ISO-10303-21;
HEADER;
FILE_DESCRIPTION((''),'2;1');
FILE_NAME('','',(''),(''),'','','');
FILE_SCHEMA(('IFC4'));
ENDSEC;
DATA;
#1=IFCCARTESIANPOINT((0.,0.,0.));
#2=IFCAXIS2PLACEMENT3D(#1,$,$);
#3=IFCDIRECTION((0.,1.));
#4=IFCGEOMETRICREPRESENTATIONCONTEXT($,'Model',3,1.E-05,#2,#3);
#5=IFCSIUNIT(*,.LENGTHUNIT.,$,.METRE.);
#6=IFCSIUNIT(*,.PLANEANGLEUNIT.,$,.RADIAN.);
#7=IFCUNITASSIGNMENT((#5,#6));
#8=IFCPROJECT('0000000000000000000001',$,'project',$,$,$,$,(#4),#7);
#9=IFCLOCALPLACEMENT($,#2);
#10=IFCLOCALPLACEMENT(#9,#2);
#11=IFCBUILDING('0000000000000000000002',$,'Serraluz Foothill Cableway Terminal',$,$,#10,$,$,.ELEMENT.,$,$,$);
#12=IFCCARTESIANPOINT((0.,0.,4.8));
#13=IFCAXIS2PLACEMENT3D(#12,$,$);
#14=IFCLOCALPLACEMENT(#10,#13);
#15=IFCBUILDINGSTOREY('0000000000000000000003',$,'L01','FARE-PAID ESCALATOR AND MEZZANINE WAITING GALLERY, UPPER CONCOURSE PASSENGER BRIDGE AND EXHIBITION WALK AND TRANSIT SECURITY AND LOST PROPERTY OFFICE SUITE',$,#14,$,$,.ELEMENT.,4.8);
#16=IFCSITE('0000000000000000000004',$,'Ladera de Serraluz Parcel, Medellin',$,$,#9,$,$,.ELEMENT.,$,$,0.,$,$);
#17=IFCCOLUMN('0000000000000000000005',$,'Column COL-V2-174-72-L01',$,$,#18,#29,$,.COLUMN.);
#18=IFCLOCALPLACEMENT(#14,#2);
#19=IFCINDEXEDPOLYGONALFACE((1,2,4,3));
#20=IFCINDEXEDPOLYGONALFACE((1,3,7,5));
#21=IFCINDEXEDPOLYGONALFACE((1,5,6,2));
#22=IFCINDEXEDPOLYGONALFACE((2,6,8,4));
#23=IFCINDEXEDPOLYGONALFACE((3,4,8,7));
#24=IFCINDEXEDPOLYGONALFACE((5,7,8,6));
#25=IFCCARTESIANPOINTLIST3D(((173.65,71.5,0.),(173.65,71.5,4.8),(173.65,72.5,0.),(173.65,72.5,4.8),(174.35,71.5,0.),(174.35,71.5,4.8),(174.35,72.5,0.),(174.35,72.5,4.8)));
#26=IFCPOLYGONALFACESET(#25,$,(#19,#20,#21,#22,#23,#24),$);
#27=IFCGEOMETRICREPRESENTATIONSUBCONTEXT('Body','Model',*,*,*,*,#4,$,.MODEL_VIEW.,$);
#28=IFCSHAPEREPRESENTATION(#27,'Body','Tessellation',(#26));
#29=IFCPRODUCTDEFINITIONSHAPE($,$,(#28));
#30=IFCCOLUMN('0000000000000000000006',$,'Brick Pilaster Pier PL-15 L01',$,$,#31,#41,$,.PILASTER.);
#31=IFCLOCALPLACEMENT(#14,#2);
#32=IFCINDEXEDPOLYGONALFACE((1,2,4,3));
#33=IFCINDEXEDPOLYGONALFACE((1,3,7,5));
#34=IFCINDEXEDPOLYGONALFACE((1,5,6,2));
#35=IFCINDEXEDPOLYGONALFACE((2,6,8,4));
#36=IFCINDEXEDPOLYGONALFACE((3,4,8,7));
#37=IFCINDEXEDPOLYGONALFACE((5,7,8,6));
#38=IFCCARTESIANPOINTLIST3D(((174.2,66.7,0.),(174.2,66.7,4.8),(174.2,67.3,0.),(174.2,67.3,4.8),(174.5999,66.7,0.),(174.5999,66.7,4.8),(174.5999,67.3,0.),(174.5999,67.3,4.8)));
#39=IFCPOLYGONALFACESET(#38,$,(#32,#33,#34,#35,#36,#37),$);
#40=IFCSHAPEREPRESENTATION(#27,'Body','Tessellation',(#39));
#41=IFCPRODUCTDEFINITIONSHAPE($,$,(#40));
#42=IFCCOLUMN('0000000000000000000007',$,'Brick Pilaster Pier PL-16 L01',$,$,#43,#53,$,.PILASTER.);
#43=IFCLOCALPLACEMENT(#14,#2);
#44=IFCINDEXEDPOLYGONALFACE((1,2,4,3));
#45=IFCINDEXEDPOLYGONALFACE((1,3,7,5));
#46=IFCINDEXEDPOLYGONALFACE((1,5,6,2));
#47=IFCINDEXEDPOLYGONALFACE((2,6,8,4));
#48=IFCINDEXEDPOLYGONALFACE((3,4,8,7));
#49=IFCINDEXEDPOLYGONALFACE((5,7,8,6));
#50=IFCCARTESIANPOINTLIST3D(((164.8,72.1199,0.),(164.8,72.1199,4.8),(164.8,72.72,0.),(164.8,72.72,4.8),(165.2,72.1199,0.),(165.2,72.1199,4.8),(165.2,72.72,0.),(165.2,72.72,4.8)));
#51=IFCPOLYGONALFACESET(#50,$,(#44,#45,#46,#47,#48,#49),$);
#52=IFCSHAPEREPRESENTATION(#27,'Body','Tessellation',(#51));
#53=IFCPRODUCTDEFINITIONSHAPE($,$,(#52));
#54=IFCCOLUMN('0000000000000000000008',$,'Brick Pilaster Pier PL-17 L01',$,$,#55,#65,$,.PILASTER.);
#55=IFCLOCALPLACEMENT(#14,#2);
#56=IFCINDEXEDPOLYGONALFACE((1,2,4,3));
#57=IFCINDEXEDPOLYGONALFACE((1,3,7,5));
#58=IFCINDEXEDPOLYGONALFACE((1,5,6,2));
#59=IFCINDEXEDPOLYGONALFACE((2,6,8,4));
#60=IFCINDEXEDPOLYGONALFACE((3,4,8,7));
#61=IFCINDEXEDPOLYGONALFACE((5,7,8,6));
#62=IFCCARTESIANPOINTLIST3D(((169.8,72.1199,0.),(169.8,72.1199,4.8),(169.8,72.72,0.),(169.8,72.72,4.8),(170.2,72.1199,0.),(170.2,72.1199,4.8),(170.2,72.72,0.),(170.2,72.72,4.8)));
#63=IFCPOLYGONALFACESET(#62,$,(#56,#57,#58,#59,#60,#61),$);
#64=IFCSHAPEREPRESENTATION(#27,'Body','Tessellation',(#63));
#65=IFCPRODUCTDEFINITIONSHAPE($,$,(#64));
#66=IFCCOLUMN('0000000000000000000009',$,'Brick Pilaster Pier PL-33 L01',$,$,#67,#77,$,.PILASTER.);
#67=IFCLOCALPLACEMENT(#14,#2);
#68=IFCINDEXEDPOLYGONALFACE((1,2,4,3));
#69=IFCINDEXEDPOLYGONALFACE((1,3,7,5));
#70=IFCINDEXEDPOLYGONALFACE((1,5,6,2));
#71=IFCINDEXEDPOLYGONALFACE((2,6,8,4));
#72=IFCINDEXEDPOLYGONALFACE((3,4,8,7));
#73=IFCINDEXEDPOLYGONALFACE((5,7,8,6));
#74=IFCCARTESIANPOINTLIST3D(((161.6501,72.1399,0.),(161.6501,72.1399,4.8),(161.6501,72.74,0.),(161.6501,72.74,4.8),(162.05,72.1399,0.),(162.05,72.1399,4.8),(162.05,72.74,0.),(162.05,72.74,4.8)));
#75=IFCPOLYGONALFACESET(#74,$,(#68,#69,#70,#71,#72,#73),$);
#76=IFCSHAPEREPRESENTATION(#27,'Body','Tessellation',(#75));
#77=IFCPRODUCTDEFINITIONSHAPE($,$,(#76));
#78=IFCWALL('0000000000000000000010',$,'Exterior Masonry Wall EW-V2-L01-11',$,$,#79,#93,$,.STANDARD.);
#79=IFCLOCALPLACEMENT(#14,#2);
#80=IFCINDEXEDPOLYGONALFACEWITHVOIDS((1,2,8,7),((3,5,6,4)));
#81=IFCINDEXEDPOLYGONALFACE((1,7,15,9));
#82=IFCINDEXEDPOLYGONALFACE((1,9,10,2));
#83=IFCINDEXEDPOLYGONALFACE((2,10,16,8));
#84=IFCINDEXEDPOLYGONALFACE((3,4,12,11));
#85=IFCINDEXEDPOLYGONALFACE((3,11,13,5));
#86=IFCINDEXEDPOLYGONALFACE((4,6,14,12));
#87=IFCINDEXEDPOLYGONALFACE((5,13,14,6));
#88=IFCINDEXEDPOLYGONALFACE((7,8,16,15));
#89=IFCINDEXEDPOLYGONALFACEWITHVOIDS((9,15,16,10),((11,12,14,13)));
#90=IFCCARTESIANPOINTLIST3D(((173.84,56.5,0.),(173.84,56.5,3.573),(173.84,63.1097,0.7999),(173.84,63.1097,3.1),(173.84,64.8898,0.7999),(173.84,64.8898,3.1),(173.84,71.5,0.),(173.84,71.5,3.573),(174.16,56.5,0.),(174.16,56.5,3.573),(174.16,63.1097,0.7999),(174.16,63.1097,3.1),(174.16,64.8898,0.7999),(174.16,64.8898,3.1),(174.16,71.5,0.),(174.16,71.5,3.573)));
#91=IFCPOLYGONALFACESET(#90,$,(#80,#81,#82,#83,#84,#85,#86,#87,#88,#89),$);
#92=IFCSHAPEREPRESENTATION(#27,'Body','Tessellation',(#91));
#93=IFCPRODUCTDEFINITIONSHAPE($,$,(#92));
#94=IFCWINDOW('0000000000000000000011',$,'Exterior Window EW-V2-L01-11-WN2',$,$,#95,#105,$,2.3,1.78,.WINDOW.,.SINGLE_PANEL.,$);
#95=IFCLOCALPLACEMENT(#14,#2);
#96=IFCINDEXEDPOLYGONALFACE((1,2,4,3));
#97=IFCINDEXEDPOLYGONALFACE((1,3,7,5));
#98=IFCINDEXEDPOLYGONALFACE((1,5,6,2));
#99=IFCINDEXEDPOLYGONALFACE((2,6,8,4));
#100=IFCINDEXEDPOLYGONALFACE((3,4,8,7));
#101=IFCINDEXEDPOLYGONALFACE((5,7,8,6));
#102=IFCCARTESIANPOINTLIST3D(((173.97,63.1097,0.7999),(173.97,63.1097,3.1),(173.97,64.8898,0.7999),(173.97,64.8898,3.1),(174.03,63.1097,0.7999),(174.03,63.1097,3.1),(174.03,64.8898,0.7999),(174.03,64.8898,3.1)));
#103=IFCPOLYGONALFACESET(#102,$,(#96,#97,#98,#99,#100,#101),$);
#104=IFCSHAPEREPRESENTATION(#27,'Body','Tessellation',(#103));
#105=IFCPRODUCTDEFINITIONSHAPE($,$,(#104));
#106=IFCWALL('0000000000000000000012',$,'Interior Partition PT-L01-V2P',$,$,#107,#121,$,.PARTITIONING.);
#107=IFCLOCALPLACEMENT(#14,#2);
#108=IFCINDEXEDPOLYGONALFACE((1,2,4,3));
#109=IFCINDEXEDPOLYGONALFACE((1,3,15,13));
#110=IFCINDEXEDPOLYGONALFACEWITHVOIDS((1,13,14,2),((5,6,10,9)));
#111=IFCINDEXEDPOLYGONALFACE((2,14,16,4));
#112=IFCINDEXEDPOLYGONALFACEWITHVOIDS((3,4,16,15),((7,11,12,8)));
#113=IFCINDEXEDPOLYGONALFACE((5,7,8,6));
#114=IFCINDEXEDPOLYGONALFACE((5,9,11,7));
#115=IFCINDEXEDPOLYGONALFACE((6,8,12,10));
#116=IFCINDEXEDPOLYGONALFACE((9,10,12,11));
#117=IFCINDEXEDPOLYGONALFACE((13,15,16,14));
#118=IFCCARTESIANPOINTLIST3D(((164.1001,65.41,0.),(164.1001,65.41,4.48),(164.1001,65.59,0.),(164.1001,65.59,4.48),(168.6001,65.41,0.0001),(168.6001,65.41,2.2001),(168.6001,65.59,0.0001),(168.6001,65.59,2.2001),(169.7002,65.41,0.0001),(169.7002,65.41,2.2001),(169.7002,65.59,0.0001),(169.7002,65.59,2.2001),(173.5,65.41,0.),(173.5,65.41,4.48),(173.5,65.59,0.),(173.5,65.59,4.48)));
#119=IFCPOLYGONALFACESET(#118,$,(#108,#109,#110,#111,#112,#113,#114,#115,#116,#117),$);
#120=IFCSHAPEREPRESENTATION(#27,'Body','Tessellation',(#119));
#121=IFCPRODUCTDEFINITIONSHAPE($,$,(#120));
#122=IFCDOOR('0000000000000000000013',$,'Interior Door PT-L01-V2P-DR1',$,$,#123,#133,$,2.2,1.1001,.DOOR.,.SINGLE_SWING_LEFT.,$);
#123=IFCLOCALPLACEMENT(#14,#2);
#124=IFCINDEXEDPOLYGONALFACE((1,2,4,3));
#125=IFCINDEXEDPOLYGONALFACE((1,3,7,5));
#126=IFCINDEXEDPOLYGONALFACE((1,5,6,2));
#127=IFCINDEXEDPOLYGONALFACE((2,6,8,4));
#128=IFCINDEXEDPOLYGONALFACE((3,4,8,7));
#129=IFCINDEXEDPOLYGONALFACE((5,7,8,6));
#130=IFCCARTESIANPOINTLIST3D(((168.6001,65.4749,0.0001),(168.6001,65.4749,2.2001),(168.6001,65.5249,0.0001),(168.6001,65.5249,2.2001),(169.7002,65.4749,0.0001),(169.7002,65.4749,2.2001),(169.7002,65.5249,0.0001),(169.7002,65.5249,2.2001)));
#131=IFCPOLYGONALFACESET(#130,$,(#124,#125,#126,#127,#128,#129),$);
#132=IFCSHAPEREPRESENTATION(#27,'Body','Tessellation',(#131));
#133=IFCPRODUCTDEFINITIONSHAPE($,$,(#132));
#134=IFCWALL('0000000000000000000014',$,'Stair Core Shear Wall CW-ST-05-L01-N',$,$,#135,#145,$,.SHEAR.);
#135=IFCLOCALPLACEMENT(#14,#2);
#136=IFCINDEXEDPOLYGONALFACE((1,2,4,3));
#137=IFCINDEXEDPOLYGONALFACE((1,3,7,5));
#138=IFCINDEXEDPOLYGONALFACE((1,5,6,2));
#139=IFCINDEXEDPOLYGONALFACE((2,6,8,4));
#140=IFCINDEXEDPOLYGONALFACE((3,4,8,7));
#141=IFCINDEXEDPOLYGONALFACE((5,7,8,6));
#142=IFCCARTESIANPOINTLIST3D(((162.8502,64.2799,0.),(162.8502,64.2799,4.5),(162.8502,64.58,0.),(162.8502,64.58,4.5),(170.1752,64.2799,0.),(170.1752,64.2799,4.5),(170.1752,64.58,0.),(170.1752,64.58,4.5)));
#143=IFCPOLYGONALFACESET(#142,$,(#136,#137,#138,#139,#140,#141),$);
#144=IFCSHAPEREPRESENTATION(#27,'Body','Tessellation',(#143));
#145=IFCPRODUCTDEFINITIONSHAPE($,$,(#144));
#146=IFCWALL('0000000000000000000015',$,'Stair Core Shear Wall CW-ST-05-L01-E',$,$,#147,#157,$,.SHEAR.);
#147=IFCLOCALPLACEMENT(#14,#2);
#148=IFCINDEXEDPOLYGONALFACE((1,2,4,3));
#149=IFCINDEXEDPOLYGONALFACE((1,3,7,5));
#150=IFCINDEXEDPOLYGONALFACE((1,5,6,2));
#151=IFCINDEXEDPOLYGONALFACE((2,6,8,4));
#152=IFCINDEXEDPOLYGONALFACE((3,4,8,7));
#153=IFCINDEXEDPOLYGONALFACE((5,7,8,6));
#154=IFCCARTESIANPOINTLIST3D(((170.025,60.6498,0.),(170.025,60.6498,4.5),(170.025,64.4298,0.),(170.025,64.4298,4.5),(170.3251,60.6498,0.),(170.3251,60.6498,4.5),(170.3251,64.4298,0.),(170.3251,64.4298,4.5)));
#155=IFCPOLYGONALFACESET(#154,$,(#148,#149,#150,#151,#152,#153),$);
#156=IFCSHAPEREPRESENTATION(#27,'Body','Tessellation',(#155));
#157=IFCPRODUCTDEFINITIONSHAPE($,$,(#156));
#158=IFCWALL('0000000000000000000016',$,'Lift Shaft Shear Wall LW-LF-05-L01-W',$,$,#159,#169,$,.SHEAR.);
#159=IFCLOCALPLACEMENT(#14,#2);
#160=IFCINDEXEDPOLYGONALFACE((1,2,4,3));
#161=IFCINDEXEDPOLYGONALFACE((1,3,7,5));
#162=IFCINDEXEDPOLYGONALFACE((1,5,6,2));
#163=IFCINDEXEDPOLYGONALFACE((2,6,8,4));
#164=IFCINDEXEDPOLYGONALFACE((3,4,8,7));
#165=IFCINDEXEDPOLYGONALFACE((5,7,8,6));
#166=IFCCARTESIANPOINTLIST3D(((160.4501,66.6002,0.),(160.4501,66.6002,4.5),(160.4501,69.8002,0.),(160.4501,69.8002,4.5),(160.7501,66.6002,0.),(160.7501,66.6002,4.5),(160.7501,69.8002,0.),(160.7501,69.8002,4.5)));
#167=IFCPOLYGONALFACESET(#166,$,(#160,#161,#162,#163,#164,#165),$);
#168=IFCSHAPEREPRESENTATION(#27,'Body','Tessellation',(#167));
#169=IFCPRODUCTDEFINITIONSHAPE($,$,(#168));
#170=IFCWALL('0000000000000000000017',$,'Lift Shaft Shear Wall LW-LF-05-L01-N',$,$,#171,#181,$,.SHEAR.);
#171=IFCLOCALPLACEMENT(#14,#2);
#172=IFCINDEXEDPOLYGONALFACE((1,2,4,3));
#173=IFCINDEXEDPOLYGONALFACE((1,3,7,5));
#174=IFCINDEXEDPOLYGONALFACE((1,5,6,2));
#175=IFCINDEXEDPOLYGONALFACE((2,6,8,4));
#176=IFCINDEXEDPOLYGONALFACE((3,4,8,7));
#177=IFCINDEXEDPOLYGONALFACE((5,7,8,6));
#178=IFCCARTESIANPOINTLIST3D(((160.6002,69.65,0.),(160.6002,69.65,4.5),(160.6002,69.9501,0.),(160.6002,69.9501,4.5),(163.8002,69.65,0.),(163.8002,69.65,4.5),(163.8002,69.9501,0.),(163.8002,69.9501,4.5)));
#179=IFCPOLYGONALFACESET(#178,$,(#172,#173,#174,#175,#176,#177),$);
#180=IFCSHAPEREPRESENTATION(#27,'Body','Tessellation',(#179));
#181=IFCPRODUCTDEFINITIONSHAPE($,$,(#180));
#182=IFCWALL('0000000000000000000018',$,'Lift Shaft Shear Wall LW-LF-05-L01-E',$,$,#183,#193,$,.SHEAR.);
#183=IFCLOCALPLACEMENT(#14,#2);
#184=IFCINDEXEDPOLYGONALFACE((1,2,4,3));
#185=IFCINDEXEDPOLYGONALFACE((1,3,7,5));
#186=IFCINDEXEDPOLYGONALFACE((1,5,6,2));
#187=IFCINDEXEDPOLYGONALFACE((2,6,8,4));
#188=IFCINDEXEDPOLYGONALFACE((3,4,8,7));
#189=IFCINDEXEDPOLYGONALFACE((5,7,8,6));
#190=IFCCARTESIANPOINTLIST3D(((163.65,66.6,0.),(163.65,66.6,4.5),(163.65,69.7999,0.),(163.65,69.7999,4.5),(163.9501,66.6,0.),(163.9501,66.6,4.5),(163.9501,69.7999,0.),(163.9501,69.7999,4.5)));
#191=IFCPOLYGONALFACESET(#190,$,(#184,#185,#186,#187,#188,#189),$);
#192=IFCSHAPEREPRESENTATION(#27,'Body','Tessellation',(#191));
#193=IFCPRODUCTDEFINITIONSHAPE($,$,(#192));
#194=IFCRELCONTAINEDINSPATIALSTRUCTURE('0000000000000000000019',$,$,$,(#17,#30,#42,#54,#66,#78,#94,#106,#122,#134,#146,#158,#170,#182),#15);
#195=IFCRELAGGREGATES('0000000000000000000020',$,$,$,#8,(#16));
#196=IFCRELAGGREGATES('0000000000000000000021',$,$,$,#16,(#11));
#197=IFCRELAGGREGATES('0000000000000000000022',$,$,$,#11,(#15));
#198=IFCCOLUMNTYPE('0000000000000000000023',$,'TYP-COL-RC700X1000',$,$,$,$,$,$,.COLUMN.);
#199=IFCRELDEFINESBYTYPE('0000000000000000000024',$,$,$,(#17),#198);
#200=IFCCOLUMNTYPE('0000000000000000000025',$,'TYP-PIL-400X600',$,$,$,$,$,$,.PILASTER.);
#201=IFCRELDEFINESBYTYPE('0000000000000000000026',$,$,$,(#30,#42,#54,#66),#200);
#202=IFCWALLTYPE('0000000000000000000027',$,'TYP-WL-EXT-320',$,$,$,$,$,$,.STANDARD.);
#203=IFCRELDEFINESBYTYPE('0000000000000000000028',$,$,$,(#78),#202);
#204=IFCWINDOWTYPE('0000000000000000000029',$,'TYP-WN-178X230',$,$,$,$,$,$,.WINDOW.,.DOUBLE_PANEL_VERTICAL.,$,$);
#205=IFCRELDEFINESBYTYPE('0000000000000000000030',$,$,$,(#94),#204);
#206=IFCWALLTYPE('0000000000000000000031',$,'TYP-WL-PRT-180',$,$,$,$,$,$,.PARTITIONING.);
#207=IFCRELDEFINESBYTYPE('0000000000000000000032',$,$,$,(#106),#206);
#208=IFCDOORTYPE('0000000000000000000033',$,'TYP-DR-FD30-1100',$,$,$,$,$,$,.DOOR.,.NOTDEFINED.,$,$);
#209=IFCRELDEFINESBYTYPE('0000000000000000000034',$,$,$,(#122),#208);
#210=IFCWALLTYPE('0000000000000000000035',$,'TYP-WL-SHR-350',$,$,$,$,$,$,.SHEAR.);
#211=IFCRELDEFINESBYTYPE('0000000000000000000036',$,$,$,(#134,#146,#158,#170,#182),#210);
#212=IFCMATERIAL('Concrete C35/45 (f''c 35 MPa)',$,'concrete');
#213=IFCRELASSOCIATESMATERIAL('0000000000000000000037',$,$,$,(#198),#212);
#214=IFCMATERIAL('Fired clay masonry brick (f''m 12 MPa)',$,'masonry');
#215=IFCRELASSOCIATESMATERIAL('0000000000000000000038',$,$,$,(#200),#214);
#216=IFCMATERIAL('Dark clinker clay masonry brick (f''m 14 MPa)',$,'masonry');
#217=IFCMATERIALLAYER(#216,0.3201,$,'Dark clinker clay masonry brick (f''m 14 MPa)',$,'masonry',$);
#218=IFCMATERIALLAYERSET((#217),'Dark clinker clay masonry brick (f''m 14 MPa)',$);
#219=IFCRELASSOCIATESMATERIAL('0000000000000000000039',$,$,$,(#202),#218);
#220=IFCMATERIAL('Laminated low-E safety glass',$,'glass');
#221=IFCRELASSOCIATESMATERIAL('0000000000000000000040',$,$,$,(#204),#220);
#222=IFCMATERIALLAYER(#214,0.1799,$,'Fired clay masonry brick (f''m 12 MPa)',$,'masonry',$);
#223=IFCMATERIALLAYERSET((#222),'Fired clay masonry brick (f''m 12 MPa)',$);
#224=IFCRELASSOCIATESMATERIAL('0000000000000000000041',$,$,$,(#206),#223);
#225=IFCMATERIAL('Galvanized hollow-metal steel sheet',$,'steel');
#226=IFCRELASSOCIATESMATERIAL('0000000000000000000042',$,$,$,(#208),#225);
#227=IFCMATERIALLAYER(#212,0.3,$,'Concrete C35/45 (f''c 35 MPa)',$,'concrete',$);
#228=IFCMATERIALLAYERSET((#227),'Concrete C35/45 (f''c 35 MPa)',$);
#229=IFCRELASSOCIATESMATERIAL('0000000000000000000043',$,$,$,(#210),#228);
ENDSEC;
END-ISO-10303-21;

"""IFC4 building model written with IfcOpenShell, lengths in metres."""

from ifc_helpers import new_model, si_unit, direction, frame, frame_2d, origin, origin_2d, place, context, subcontext, project, spatial, rectangle, extrude, material, layer, layer_set, material_profile, profile_set, type_object, element, fill, save


model = new_model("IFC4")

# Units and contexts
model_context = context("Model", 3, precision=1e-05, world=origin(), true_north=direction((0.0, 1.0)))
body_context = subcontext(model_context, "Body", "Model", "MODEL_VIEW")
ifc_project = project(units=[si_unit("LENGTHUNIT", "METRE"), si_unit("PLANEANGLEUNIT", "RADIAN")], contexts=[model_context])

# Site, building, storey
site_placement = place(None, origin())
site = spatial("IfcSite", under=ifc_project, at=site_placement, Name="Ladera de Serraluz Parcel, Medellin", CompositionType="ELEMENT", RefElevation=0.0)
building_placement = place(site_placement, origin())
building = spatial("IfcBuilding", under=site, at=building_placement, Name="Serraluz Foothill Cableway Terminal", CompositionType="ELEMENT")
storey_placement = place(building_placement, frame((0.0, 0.0, 4.8)))
storey = spatial("IfcBuildingStorey", under=building, at=storey_placement, Name="L01", Description="FARE-PAID ESCALATOR AND MEZZANINE WAITING GALLERY, UPPER CONCOURSE PASSENGER BRIDGE AND EXHIBITION WALK AND TRANSIT SECURITY AND LOST PROPERTY OFFICE SUITE", CompositionType="ELEMENT", Elevation=4.8)

# Columns
ifc_material_1 = material(Name="Concrete C35/45 (f'c 35 MPa)", Category="concrete")
ifc_material_profile_1 = material_profile(ifc_material_1, rectangle(XDim=0.7, YDim=1.0, at=origin_2d()), Name="RC 700x1000")
ifc_profile_set_1 = profile_set([ifc_material_profile_1], Name="Concrete C35/45 (f'c 35 MPa)")
column_type_1 = type_object("IfcColumnType", Name="TYP-COL-RC700X1000", PredefinedType="COLUMN", material=ifc_profile_set_1)
column_placement = place(storey_placement, frame((174.0, 72.0, 0.0), z_axis=(0.0, 0.0, 1.0), x_axis=(1.0, 0.0, 0.0)))
element("IfcColumn", 1, at=column_placement, inside=storey, type_object=column_type_1, Name="Column COL-V2-174-72-L01", PredefinedType="COLUMN", context=body_context, shape_type="SweptSolid", body=[
    extrude(rectangle(XDim=0.7, YDim=1.0, at=origin_2d()), origin(), (0.0, 0.0, 1.0), 4.8),
])
ifc_material_2 = material(Name="Fired clay masonry brick (f'm 12 MPa)", Category="masonry")
ifc_material_profile_2 = material_profile(ifc_material_2, rectangle(XDim=0.3999, YDim=0.6001, at=origin_2d()), Name="PIL 400x600")
ifc_profile_set_2 = profile_set([ifc_material_profile_2], Name="Fired clay masonry brick (f'm 12 MPa)")
column_type_2 = type_object("IfcColumnType", Name="TYP-PIL-400X600", PredefinedType="PILASTER", material=ifc_profile_set_2)
for number, where, z_axis, x_axis, name in (
    (2, (174.3999, 67.0, 0.0), (0.0, 0.0, 1.0), (1.0, 0.0, 0.0), "Brick Pilaster Pier PL-15 L01"),
    (3, (165.0, 72.4199, 0.0), (0.0, 0.0, 1.0), (1.0, 0.0, 0.0), "Brick Pilaster Pier PL-16 L01"),
    (4, (170.0, 72.4199, 0.0), (0.0, 0.0, 1.0), (1.0, 0.0, 0.0), "Brick Pilaster Pier PL-17 L01"),
    (5, (161.8501, 72.4399, 0.0), (0.0, 0.0, 1.0), (1.0, 0.0, 0.0), "Brick Pilaster Pier PL-33 L01"),
):
    element("IfcColumn", number, at=place(storey_placement, frame(where, z_axis=z_axis, x_axis=x_axis)), inside=storey, type_object=column_type_2, Name=name, PredefinedType="PILASTER", context=body_context, shape_type="SweptSolid", body=[
        extrude(rectangle(XDim=0.3999, YDim=0.6001, at=origin_2d()), origin(), (0.0, 0.0, 1.0), 4.8),
    ])

# Wall, opening, window
ifc_material_3 = material(Name="Dark clinker clay masonry brick (f'm 14 MPa)", Category="masonry")
ifc_layer_1 = layer(ifc_material_3, 0.3201, Name="Dark clinker clay masonry brick (f'm 14 MPa)", Category="masonry")
ifc_layer_set_1 = layer_set([ifc_layer_1], Name="Dark clinker clay masonry brick (f'm 14 MPa)")
wall_type_1 = type_object("IfcWallType", Name="TYP-WL-EXT-320", PredefinedType="STANDARD", material=ifc_layer_set_1)
wall_1_placement = place(storey_placement, frame((174.0, 71.5, 0.0), z_axis=(0.0, 0.0, 1.0), x_axis=(0.0, -1.0, 0.0)))
wall_1 = element("IfcWall", 6, at=wall_1_placement, inside=storey, type_object=wall_type_1, Name="Exterior Masonry Wall EW-V2-L01-11", PredefinedType="STANDARD", context=body_context, shape_type="SweptSolid", body=[
    extrude(rectangle(XDim=15.0, YDim=0.3201, at=frame_2d((7.5, 0.0))), origin(), (0.0, 0.0, 1.0), 3.573),
])
opening_1_placement = place(wall_1_placement, frame((6.6101, 0.0, 0.8)))
opening_1 = element("IfcOpeningElement", 7, at=opening_1_placement, cuts=wall_1, PredefinedType="OPENING", context=body_context, shape_type="SweptSolid", body=[
    extrude(rectangle(XDim=1.78, YDim=2.3, at=frame_2d((0.8901, 1.1499))), frame((0.0, 0.1699, 0.0), z_axis=(0.0, -1.0, 0.0), x_axis=(1.0, 0.0, 0.0)), (0.0, 0.0, 1.0), 0.3401),
])
ifc_material_4 = material(Name="Laminated low-E safety glass", Category="glass")
window_type = type_object("IfcWindowType", Name="TYP-WN-178X230", PartitioningType="DOUBLE_PANEL_VERTICAL", PredefinedType="WINDOW", material=ifc_material_4)
window_placement = place(opening_1_placement, origin())
window = element("IfcWindow", 8, at=window_placement, inside=storey, type_object=window_type, Name="Exterior Window EW-V2-L01-11-WN2", OverallHeight=2.3, OverallWidth=1.78, PartitioningType="SINGLE_PANEL", PredefinedType="WINDOW", context=body_context, shape_type="SweptSolid", body=[
    extrude(rectangle(XDim=1.78, YDim=2.3, at=frame_2d((0.8901, 1.1499))), frame((0.0, 0.03, 0.0), z_axis=(0.0, -1.0, 0.0), x_axis=(1.0, 0.0, 0.0)), (0.0, 0.0, 1.0), 0.0601),
])
fill(opening_1, window)

# Wall, opening, door
ifc_layer_2 = layer(ifc_material_2, 0.1799, Name="Fired clay masonry brick (f'm 12 MPa)", Category="masonry")
ifc_layer_set_2 = layer_set([ifc_layer_2], Name="Fired clay masonry brick (f'm 12 MPa)")
wall_type_2 = type_object("IfcWallType", Name="TYP-WL-PRT-180", PredefinedType="PARTITIONING", material=ifc_layer_set_2)
wall_2_placement = place(storey_placement, frame((164.1001, 65.5, 0.0), z_axis=(0.0, 0.0, 1.0), x_axis=(1.0, 0.0, 0.0)))
wall_2 = element("IfcWall", 9, at=wall_2_placement, inside=storey, type_object=wall_type_2, Name="Interior Partition PT-L01-V2P", PredefinedType="PARTITIONING", context=body_context, shape_type="SweptSolid", body=[
    extrude(rectangle(XDim=9.3999, YDim=0.1799, at=frame_2d((4.7, 0.0))), origin(), (0.0, 0.0, 1.0), 4.48),
])
opening_2_placement = place(wall_2_placement, frame((4.5, 0.0, 0.0)))
opening_2 = element("IfcOpeningElement", 10, at=opening_2_placement, cuts=wall_2, PredefinedType="OPENING", context=body_context, shape_type="SweptSolid", body=[
    extrude(rectangle(XDim=1.1001, YDim=2.2, at=frame_2d((0.55, 1.1001))), frame((0.0, 0.1001, 0.0), z_axis=(0.0, -1.0, 0.0), x_axis=(1.0, 0.0, 0.0)), (0.0, 0.0, 1.0), 0.2),
])
ifc_material_5 = material(Name="Galvanized hollow-metal steel sheet", Category="steel")
door_type_1 = type_object("IfcDoorType", Name="TYP-DR-FD30-1100", OperationType="NOTDEFINED", PredefinedType="DOOR", material=ifc_material_5)
door_1_placement = place(opening_2_placement, origin())
door_1 = element("IfcDoor", 11, at=door_1_placement, inside=storey, type_object=door_type_1, Name="Interior Door PT-L01-V2P-DR1", OperationType="SINGLE_SWING_LEFT", OverallHeight=2.2, OverallWidth=1.1001, PredefinedType="DOOR", context=body_context, shape_type="SweptSolid", body=[
    extrude(rectangle(XDim=1.1001, YDim=2.2, at=frame_2d((0.55, 1.1001))), frame((0.0, 0.0249, 0.0), z_axis=(0.0, -1.0, 0.0), x_axis=(1.0, 0.0, 0.0)), (0.0, 0.0, 1.0), 0.05),
])
fill(opening_2, door_1)

# Walls
ifc_layer_3 = layer(ifc_material_1, 0.3, Name="Concrete C35/45 (f'c 35 MPa)", Category="concrete")
ifc_layer_set_3 = layer_set([ifc_layer_3], Name="Concrete C35/45 (f'c 35 MPa)")
wall_type_3 = type_object("IfcWallType", Name="TYP-WL-SHR-350", PredefinedType="SHEAR", material=ifc_layer_set_3)
wall_3_placement = place(storey_placement, frame((162.8501, 64.4299, 0.0), z_axis=(0.0, 0.0, 1.0), x_axis=(1.0, 0.0, 0.0)))
element("IfcWall", 12, at=wall_3_placement, inside=storey, type_object=wall_type_3, Name="Stair Core Shear Wall CW-ST-05-L01-N", PredefinedType="SHEAR", context=body_context, shape_type="SweptSolid", body=[
    extrude(rectangle(XDim=7.325, YDim=0.3, at=frame_2d((3.6626, 0.0))), origin(), (0.0, 0.0, 1.0), 4.5),
])
wall_4_placement = place(storey_placement, frame((170.175, 64.4299, 0.0), z_axis=(0.0, 0.0, 1.0), x_axis=(0.0, -1.0, 0.0)))
element("IfcWall", 13, at=wall_4_placement, inside=storey, type_object=wall_type_3, Name="Stair Core Shear Wall CW-ST-05-L01-E", PredefinedType="SHEAR", context=body_context, shape_type="SweptSolid", body=[
    extrude(rectangle(XDim=3.78, YDim=0.3, at=frame_2d((1.8901, 0.0))), origin(), (0.0, 0.0, 1.0), 4.5),
])

# Walls
for number, where, z_axis, x_axis, name in (
    (14, (160.6001, 66.6001, 0.0), (0.0, 0.0, 1.0), (0.0, 1.0, 0.0), "Lift Shaft Shear Wall LW-LF-05-L01-W"),
    (15, (160.6001, 69.8, 0.0), (0.0, 0.0, 1.0), (1.0, 0.0, 0.0), "Lift Shaft Shear Wall LW-LF-05-L01-N"),
    (16, (163.8, 69.8, 0.0), (0.0, 0.0, 1.0), (0.0, -1.0, 0.0), "Lift Shaft Shear Wall LW-LF-05-L01-E"),
):
    element("IfcWall", number, at=place(storey_placement, frame(where, z_axis=z_axis, x_axis=x_axis)), inside=storey, type_object=wall_type_3, Name=name, PredefinedType="SHEAR", context=body_context, shape_type="SweptSolid", body=[
        extrude(rectangle(XDim=3.2, YDim=0.3, at=frame_2d((1.6001, 0.0))), origin(), (0.0, 0.0, 1.0), 4.5),
    ])

save(model, "model.ifc")
